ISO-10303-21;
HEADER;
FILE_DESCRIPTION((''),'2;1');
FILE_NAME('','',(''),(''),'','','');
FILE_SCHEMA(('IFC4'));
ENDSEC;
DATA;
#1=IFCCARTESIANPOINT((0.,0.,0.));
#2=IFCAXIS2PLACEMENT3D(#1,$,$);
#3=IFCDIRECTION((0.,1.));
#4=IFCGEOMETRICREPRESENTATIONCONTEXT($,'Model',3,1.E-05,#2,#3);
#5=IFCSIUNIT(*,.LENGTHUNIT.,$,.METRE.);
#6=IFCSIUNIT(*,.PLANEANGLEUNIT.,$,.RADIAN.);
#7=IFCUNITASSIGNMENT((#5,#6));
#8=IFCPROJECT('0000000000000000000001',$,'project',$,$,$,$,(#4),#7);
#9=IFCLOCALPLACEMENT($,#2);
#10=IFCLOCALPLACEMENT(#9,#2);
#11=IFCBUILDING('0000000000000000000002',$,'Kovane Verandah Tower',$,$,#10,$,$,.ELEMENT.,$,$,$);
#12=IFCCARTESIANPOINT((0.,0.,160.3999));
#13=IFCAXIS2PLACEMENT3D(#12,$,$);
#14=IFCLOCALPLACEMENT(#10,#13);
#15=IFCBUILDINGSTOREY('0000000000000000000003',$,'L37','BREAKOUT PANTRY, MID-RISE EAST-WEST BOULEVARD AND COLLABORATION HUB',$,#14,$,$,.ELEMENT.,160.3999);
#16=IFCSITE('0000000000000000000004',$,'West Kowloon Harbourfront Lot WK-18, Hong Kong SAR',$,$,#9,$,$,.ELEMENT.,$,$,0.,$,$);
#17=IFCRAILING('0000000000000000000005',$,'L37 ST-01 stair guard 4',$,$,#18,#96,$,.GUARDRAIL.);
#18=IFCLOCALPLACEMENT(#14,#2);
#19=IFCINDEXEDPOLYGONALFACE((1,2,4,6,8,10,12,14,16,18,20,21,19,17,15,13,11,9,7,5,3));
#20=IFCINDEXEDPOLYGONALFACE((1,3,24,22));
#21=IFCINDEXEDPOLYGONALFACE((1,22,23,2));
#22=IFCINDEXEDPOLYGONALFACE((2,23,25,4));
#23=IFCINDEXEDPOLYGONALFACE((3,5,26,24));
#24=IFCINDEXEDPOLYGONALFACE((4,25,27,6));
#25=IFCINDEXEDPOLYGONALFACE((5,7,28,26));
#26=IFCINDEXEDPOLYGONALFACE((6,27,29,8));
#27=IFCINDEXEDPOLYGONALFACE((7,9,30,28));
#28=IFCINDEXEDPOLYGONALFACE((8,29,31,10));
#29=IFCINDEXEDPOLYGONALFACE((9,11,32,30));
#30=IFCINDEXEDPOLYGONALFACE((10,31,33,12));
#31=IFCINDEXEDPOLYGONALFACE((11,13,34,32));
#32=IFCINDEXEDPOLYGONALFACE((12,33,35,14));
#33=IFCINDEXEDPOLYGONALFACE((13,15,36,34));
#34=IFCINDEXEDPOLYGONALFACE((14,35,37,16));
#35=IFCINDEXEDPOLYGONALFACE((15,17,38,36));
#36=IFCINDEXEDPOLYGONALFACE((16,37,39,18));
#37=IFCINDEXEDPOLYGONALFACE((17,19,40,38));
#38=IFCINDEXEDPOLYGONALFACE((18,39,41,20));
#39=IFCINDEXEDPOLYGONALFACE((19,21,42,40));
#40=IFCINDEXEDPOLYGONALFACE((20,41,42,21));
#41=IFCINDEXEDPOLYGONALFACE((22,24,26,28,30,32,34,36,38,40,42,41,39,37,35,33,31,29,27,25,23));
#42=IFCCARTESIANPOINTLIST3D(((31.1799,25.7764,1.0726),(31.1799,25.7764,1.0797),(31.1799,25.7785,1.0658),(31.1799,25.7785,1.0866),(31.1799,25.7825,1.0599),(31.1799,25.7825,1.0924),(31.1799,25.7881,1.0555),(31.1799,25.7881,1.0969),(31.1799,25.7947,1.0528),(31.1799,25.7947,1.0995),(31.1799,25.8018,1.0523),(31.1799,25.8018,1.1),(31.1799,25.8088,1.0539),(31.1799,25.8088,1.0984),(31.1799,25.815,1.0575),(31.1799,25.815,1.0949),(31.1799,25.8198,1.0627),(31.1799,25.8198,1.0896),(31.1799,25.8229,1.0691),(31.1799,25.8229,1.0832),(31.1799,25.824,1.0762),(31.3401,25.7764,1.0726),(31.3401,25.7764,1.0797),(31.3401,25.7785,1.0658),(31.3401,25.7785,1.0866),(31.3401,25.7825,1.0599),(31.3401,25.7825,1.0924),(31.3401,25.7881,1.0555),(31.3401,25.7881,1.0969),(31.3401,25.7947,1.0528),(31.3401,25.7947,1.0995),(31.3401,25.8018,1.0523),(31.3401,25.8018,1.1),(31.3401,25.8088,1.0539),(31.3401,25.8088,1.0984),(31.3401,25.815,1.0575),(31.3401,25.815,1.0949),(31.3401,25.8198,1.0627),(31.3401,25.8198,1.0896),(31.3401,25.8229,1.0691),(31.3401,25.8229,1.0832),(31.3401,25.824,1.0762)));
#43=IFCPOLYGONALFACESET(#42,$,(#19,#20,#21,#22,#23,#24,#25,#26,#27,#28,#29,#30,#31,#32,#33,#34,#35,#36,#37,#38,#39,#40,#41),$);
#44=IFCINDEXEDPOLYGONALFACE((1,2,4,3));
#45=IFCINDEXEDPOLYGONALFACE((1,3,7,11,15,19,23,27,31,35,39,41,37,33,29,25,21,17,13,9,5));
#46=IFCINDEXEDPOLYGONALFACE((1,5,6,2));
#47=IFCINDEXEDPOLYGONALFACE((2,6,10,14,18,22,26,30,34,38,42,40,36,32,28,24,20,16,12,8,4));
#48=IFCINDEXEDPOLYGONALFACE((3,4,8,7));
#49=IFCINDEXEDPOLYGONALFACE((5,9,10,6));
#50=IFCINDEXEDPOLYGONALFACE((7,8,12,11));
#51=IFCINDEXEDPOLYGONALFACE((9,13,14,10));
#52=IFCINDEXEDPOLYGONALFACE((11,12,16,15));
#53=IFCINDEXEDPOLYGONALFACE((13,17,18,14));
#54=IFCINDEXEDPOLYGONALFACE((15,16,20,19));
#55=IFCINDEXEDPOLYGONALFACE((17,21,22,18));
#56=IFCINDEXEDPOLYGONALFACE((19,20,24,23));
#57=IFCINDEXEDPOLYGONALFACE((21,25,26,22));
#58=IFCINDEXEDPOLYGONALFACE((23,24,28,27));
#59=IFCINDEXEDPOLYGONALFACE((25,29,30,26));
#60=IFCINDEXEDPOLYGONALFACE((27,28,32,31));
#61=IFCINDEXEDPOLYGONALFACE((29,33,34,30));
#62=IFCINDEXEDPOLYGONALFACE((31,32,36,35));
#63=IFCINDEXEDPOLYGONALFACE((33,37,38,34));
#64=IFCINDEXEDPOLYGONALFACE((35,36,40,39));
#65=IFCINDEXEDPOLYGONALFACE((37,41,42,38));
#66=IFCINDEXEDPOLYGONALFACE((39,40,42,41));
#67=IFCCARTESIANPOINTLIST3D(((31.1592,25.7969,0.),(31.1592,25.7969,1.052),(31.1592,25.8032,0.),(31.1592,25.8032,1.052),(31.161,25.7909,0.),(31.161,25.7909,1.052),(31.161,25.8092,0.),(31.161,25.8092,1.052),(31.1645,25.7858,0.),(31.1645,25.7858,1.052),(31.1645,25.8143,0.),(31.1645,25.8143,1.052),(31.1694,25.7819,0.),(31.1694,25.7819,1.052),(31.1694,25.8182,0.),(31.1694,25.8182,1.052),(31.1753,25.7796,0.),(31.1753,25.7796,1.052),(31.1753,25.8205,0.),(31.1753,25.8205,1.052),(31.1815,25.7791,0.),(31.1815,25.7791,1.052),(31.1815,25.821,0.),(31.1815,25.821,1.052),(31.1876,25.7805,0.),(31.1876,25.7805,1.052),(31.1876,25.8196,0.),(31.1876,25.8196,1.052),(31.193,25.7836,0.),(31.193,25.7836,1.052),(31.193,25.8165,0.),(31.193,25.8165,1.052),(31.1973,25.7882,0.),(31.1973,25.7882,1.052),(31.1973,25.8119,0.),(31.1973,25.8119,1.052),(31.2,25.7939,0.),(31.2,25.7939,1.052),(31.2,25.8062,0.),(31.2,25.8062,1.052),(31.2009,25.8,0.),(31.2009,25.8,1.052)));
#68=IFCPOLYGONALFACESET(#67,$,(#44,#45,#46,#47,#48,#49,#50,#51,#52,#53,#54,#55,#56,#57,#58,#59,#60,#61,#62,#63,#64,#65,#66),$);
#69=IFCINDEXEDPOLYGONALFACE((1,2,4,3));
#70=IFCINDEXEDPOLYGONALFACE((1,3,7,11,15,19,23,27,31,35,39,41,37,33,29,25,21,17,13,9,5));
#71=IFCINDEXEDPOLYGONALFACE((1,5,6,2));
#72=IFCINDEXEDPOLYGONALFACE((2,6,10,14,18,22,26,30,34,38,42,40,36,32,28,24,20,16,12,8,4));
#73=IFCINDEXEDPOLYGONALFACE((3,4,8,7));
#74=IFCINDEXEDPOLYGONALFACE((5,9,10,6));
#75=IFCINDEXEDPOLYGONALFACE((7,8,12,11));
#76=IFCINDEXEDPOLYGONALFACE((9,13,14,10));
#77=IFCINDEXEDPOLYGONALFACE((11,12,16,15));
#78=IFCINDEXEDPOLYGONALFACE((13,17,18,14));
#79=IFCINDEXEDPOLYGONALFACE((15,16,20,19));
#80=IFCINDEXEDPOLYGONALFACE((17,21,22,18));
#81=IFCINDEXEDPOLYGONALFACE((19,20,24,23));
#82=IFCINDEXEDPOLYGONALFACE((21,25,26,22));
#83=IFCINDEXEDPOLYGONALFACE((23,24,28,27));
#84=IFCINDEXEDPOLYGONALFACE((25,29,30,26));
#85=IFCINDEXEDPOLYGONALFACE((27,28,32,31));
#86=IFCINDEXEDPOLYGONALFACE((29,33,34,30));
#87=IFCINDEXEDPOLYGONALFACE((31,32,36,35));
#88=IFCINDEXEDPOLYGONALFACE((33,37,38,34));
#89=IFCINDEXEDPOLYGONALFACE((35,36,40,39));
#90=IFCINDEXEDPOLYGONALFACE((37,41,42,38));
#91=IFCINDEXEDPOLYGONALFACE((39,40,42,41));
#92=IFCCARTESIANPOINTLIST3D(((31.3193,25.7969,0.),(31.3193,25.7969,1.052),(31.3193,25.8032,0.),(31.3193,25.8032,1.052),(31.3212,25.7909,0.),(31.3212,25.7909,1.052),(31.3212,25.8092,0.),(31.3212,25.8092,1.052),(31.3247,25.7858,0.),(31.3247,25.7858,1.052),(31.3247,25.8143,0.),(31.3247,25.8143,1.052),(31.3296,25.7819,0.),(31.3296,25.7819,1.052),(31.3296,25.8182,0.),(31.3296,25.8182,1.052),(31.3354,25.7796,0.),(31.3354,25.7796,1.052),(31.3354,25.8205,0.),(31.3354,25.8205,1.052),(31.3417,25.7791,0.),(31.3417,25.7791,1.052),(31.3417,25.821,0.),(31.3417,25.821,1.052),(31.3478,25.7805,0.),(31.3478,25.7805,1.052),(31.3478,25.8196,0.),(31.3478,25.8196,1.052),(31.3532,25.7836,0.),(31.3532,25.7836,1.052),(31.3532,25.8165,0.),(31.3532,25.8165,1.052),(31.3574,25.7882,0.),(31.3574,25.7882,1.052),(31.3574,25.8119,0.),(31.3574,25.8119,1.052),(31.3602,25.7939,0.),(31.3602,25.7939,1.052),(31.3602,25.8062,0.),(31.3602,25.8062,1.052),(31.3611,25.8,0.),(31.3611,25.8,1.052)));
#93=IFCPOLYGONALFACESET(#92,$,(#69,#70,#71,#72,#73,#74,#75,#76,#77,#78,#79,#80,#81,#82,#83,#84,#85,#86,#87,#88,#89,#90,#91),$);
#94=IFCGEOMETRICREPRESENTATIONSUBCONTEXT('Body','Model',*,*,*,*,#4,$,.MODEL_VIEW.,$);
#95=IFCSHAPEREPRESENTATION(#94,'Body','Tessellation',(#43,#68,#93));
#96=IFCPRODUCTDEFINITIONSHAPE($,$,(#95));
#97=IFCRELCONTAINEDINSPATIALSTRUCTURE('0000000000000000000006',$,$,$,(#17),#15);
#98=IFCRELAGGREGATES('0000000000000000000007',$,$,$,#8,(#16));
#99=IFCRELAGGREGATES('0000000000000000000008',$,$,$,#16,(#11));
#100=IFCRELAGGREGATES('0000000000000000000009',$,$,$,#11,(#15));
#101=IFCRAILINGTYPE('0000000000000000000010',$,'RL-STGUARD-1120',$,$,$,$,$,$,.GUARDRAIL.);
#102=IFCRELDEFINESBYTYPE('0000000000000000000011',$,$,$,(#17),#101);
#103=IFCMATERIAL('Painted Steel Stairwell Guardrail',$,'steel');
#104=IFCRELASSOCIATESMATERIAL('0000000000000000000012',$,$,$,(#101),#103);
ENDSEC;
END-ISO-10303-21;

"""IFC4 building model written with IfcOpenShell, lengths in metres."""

from ifc_helpers import new_model, si_unit, direction, frame, origin, origin_2d, place, context, subcontext, project, spatial, circle, extrude, material, type_object, element, save


model = new_model("IFC4")

# Units and contexts
model_context = context("Model", 3, precision=1e-05, world=origin(), true_north=direction((0.0, 1.0)))
body_context = subcontext(model_context, "Body", "Model", "MODEL_VIEW")
ifc_project = project(units=[si_unit("LENGTHUNIT", "METRE"), si_unit("PLANEANGLEUNIT", "RADIAN")], contexts=[model_context])

# Site, building, storey
site_placement = place(None, origin())
site = spatial("IfcSite", under=ifc_project, at=site_placement, Name="West Kowloon Harbourfront Lot WK-18, Hong Kong SAR", CompositionType="ELEMENT", RefElevation=0.0)
building_placement = place(site_placement, origin())
building = spatial("IfcBuilding", under=site, at=building_placement, Name="Kovane Verandah Tower", CompositionType="ELEMENT")
storey_placement = place(building_placement, frame((0.0, 0.0, 160.3999)))
storey = spatial("IfcBuildingStorey", under=building, at=storey_placement, Name="L37", Description="BREAKOUT PANTRY, MID-RISE EAST-WEST BOULEVARD AND COLLABORATION HUB", CompositionType="ELEMENT", Elevation=160.3999)

# Railing
ifc_material_1 = material(Name="Painted Steel Stairwell Guardrail", Category="steel")
railing_type_1 = type_object("IfcRailingType", Name="RL-STGUARD-1120", PredefinedType="GUARDRAIL", material=ifc_material_1)
railing_1_placement = place(storey_placement, frame((31.1799, 25.8, 0.0)))
element("IfcRailing", 1, at=railing_1_placement, inside=storey, type_object=railing_type_1, Name="L37 ST-01 stair guard 4", PredefinedType="GUARDRAIL", context=body_context, shape_type="SweptSolid", body=[
    extrude(circle(Radius=0.0239, at=origin_2d()), frame((0.0, 0.0, 1.0762), z_axis=(1.0, 0.0, 0.0), x_axis=(0.0, 1.0, 0.0)), (0.0, 0.0, 1.0), 0.1602),
    extrude(circle(Radius=0.021, at=origin_2d()), origin(), (0.0, 0.0, 1.0), 1.052),
    extrude(circle(Radius=0.021, at=origin_2d()), frame((0.1602, 0.0, 0.0)), (0.0, 0.0, 1.0), 1.052),
])

save(model, "model.ifc")
